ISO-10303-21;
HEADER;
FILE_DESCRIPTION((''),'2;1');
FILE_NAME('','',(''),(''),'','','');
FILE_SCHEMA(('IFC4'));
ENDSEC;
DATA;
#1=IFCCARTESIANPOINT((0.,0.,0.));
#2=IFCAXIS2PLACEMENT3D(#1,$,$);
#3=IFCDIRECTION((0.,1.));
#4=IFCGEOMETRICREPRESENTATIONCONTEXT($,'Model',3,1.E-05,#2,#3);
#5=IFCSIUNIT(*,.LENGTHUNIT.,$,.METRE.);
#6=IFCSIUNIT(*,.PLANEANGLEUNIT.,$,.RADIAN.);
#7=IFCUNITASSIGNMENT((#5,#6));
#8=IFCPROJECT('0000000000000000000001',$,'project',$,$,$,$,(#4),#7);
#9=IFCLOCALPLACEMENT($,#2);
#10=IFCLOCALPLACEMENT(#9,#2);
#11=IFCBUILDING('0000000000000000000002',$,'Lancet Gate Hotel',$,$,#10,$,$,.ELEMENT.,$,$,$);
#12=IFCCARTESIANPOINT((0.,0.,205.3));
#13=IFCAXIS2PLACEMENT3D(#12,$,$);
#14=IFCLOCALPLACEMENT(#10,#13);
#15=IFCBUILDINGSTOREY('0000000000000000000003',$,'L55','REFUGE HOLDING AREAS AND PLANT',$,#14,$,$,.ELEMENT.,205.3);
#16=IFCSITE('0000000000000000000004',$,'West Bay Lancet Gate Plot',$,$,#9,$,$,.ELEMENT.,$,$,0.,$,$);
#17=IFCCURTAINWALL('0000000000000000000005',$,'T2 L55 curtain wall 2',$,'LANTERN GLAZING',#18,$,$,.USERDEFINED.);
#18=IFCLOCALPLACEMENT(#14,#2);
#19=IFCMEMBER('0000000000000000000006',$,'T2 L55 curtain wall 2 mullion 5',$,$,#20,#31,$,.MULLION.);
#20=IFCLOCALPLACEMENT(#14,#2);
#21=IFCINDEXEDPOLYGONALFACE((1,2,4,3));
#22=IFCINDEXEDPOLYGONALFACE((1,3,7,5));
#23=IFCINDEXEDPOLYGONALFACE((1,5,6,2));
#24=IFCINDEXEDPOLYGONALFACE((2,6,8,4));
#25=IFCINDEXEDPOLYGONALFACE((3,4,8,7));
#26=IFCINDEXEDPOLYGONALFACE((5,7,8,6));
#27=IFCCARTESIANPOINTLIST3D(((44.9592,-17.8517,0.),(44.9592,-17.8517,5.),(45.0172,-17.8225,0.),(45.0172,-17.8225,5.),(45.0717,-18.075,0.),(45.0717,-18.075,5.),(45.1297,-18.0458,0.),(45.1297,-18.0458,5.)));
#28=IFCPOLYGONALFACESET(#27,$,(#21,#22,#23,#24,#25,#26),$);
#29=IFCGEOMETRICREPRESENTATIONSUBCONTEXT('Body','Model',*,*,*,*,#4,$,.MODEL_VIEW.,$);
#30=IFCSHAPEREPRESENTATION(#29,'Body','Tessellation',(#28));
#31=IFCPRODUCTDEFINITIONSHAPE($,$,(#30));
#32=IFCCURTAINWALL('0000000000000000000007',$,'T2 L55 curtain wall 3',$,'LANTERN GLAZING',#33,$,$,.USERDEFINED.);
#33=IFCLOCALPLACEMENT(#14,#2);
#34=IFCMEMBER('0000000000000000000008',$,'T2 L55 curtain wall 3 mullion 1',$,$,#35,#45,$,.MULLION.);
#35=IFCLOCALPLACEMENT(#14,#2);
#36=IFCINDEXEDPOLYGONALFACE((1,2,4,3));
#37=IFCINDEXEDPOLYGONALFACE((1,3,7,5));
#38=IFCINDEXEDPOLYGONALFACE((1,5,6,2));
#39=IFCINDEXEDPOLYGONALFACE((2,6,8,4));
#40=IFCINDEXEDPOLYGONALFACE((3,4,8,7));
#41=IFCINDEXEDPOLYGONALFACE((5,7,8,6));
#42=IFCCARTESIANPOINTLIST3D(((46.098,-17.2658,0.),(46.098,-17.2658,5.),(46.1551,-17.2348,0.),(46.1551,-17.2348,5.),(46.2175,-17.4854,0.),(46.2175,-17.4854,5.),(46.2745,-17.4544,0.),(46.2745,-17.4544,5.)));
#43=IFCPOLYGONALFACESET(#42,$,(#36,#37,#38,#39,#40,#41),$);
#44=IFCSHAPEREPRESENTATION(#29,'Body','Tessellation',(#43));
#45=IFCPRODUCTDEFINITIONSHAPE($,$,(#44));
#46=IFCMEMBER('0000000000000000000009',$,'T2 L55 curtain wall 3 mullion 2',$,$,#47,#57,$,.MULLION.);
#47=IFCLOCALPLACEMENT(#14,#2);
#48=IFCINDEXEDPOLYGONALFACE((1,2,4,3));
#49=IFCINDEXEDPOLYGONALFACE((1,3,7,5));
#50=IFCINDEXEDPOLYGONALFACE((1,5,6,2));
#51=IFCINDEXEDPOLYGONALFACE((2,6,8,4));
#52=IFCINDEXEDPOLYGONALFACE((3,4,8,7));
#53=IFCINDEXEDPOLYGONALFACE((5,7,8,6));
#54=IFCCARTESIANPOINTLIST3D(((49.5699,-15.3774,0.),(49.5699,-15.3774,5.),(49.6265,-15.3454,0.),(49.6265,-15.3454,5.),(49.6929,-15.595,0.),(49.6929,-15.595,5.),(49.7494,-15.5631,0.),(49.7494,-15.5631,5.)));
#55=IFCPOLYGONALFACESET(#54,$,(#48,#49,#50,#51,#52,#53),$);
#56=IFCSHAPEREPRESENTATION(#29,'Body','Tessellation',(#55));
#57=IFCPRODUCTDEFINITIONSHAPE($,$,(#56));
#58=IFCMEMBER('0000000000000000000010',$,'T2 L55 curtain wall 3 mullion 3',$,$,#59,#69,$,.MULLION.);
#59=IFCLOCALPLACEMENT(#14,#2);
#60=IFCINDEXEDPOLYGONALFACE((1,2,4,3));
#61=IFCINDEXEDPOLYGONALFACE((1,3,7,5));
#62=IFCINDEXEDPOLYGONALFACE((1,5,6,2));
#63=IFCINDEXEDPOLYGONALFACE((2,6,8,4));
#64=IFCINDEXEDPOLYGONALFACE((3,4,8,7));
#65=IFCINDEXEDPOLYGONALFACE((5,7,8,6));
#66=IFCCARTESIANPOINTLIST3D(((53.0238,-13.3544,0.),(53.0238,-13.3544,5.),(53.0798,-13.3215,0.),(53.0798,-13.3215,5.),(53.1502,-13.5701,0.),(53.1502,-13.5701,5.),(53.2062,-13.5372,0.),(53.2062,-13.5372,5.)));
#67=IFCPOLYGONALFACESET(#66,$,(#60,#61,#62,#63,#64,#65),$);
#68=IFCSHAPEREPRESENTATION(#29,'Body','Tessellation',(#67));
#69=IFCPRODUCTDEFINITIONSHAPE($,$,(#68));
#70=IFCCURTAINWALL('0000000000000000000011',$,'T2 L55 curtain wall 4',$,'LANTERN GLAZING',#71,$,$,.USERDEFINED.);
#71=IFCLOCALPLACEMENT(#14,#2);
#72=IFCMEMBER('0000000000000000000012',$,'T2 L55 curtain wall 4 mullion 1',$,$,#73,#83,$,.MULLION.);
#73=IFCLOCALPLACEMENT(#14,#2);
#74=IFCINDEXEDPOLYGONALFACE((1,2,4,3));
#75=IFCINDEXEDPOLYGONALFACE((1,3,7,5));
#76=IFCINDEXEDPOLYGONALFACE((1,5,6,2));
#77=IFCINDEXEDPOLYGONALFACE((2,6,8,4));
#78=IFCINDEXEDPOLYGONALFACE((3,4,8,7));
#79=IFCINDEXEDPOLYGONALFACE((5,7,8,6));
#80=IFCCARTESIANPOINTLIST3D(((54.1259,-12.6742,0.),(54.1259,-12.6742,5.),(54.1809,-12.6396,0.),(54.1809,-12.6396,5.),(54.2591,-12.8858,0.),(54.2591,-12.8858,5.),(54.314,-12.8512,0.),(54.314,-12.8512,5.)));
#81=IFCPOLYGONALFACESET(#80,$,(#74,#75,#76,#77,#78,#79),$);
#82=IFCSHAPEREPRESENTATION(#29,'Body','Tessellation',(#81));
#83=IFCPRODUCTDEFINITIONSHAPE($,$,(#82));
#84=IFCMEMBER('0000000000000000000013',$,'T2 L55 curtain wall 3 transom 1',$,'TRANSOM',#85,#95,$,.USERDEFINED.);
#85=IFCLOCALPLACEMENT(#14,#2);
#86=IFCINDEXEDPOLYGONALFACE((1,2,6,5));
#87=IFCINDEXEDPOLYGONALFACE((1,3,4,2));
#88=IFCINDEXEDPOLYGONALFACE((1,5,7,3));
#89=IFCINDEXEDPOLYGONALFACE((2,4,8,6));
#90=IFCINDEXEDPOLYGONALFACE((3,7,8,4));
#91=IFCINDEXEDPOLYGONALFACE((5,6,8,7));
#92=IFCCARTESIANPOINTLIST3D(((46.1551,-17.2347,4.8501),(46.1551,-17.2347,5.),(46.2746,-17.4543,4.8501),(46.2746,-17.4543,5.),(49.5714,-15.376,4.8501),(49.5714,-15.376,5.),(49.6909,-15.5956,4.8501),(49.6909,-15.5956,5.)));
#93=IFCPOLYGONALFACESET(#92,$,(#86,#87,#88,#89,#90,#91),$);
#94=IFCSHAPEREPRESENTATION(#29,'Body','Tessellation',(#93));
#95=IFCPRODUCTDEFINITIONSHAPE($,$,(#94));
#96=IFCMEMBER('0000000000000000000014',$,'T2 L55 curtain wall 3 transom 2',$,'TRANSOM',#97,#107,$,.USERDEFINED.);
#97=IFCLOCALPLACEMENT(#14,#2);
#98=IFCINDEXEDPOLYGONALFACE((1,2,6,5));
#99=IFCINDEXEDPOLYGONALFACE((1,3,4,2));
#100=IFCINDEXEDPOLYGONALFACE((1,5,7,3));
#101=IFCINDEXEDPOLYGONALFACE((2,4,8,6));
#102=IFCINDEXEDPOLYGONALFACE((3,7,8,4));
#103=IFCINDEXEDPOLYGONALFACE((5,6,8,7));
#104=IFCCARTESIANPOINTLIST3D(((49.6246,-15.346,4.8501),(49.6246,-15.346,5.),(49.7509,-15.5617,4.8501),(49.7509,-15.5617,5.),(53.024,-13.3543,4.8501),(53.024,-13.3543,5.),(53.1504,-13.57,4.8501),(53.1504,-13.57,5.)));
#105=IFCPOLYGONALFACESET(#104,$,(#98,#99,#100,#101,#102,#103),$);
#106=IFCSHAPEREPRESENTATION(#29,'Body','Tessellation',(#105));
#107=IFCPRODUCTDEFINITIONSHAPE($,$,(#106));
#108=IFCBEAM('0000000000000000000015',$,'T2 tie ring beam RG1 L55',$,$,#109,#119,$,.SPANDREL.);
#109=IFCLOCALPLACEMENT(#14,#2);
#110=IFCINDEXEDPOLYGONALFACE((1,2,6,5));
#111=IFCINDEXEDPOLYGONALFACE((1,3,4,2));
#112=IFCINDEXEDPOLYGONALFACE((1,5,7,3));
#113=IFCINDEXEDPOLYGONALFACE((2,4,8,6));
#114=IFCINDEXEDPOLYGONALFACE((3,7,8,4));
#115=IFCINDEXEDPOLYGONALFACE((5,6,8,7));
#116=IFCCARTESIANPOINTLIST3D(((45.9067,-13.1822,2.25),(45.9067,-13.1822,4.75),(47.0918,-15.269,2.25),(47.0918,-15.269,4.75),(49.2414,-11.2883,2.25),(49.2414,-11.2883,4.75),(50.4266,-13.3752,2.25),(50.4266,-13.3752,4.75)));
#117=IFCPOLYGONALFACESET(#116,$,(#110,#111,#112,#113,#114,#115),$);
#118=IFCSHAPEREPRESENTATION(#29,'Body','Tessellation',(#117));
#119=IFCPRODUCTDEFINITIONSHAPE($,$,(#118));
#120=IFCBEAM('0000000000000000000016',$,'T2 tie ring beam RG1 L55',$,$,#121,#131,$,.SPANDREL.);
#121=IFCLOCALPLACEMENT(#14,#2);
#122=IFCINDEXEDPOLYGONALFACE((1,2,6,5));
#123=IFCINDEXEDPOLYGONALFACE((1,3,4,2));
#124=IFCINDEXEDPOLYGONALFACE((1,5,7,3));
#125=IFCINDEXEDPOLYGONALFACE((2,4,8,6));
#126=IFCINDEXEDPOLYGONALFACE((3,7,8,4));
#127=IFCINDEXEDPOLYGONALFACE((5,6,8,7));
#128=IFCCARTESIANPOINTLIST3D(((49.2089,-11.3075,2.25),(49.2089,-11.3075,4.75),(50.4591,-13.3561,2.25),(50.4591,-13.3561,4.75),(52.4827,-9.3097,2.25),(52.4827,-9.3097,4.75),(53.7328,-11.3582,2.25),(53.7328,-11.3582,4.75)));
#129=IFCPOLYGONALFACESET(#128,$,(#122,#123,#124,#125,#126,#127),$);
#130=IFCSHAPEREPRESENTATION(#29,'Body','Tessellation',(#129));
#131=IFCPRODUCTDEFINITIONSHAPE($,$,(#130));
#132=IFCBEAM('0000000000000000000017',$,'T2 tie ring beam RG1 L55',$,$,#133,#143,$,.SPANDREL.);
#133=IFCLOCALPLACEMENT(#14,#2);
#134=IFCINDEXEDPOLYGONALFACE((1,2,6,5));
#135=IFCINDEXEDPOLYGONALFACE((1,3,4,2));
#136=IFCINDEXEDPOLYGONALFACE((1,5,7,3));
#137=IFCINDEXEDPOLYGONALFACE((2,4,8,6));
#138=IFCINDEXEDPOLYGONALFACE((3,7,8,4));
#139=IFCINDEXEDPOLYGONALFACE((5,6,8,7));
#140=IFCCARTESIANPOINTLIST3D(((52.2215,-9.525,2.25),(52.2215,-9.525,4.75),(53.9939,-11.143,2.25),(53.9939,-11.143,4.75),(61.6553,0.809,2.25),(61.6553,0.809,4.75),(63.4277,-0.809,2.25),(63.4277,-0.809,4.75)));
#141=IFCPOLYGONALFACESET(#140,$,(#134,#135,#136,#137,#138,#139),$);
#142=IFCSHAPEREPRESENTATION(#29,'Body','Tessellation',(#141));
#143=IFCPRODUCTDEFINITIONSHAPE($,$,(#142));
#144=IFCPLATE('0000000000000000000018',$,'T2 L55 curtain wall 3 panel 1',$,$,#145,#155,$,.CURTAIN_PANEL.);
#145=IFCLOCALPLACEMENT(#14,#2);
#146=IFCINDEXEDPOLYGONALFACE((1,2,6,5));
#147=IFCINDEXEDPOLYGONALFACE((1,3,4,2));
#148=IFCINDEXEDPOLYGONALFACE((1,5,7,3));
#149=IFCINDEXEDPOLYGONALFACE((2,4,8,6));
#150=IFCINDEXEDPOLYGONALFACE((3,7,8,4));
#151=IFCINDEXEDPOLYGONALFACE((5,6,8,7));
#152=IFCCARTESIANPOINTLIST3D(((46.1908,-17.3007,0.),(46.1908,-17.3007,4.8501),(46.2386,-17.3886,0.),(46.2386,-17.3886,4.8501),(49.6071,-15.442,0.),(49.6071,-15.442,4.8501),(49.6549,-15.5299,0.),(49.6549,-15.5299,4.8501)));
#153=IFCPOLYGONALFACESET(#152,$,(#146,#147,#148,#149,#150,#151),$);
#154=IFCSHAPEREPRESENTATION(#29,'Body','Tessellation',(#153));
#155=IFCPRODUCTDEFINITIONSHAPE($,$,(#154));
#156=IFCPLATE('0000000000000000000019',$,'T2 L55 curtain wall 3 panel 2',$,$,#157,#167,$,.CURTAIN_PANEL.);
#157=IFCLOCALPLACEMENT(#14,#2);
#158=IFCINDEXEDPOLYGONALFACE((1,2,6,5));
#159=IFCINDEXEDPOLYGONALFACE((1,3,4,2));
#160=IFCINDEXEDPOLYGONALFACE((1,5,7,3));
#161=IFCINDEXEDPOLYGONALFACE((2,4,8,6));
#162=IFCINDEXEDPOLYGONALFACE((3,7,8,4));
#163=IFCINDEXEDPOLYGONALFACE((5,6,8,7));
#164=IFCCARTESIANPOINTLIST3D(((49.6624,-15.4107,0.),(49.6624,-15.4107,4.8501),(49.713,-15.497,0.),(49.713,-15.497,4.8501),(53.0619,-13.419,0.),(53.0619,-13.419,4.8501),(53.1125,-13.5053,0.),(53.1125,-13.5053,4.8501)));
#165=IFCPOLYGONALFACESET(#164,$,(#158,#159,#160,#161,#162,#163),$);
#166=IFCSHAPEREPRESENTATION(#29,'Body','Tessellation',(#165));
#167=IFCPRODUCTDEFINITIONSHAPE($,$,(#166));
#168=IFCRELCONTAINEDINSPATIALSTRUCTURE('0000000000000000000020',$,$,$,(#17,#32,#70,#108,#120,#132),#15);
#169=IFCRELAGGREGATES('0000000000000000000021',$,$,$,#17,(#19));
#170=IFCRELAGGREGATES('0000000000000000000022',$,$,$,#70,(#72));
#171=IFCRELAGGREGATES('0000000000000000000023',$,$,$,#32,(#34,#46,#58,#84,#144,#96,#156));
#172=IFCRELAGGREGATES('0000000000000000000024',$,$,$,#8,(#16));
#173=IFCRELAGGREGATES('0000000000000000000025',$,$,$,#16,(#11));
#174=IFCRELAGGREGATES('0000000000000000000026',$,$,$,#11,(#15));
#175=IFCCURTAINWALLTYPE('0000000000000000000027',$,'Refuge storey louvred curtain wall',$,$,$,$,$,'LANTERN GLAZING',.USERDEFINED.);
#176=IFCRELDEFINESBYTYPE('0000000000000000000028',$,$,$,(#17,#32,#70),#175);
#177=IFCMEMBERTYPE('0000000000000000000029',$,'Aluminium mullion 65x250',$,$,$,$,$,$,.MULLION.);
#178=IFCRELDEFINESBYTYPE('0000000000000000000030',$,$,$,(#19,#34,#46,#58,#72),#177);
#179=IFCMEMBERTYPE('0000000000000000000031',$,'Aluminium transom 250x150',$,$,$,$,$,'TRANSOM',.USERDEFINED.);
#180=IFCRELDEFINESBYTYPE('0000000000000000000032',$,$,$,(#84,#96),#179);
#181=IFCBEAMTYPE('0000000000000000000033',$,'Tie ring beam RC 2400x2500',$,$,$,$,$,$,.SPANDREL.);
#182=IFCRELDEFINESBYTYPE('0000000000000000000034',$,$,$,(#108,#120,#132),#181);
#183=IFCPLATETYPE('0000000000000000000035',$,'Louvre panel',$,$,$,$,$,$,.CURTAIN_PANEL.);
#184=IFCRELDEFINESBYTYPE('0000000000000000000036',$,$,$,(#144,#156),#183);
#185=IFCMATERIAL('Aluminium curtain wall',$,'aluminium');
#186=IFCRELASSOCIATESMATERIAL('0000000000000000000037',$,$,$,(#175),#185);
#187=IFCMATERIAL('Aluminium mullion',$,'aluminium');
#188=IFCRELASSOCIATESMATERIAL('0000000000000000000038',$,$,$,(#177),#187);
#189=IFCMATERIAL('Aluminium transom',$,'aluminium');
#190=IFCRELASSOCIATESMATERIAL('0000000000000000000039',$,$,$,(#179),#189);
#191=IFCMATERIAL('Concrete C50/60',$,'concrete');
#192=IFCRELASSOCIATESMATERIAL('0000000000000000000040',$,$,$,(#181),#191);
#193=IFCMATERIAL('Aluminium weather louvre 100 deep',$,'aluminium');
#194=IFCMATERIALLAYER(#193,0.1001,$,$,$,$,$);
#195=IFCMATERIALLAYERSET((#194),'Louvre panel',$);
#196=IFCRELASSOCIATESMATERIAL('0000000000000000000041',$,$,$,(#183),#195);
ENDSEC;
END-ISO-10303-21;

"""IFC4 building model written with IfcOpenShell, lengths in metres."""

from ifc_helpers import new_model, si_unit, direction, frame, origin, origin_2d, place, context, subcontext, project, spatial, rectangle, extrude, material, layer, layer_set, material_profile, profile_set, type_object, element, aggregate, save


model = new_model("IFC4")

# Units and contexts
model_context = context("Model", 3, precision=1e-05, world=origin(), true_north=direction((0.0, 1.0)))
body_context = subcontext(model_context, "Body", "Model", "MODEL_VIEW")
ifc_project = project(units=[si_unit("LENGTHUNIT", "METRE"), si_unit("PLANEANGLEUNIT", "RADIAN")], contexts=[model_context])

# Site, building, storey
site_placement = place(None, origin())
site = spatial("IfcSite", under=ifc_project, at=site_placement, Name="West Bay Lancet Gate Plot", CompositionType="ELEMENT", RefElevation=0.0)
building_placement = place(site_placement, origin())
building = spatial("IfcBuilding", under=site, at=building_placement, Name="Lancet Gate Hotel", CompositionType="ELEMENT")
storey_placement = place(building_placement, frame((0.0, 0.0, 205.3)))
storey = spatial("IfcBuildingStorey", under=building, at=storey_placement, Name="L55", Description="REFUGE HOLDING AREAS AND PLANT", CompositionType="ELEMENT", Elevation=205.3)

# Curtain wall, member
ifc_material_1 = material(Name="Aluminium curtain wall", Category="aluminium")
curtain_wall_type = type_object("IfcCurtainWallType", Name="Refuge storey louvred curtain wall", ElementType="LANTERN GLAZING", PredefinedType="USERDEFINED", material=ifc_material_1)
curtain_wall_1_placement = place(storey_placement, origin())
curtain_wall_1 = element("IfcCurtainWall", 1, at=curtain_wall_1_placement, inside=storey, type_object=curtain_wall_type, Name="T2 L55 curtain wall 2", ObjectType="LANTERN GLAZING", PredefinedType="USERDEFINED")
ifc_material_2 = material(Name="Aluminium mullion", Category="aluminium")
ifc_material_profile_1 = material_profile(ifc_material_2, rectangle(XDim=0.0649, YDim=0.25, at=origin_2d()), Name="MULLION 65x250")
ifc_profile_set_1 = profile_set([ifc_material_profile_1], Name="Aluminium mullion")
member_type_1 = type_object("IfcMemberType", Name="Aluminium mullion 65x250", PredefinedType="MULLION", material=ifc_profile_set_1)
member_1_placement = place(storey_placement, frame((45.0444, -17.9487, 0.0), z_axis=(0.0, 0.0, 1.0), x_axis=(0.893121, 0.449816, 0.0)))
member_1 = element("IfcMember", 2, at=member_1_placement, type_object=member_type_1, Name="T2 L55 curtain wall 2 mullion 5", PredefinedType="MULLION", context=body_context, shape_type="SweptSolid", body=[
    extrude(rectangle(XDim=0.0649, YDim=0.25, at=origin_2d()), origin(), (0.0, 0.0, 1.0), 5.0),
])
aggregate(curtain_wall_1, [member_1])

# Curtain wall, members
curtain_wall_2_placement = place(storey_placement, origin())
curtain_wall_2 = element("IfcCurtainWall", 3, at=curtain_wall_2_placement, inside=storey, type_object=curtain_wall_type, Name="T2 L55 curtain wall 3", ObjectType="LANTERN GLAZING", PredefinedType="USERDEFINED")
member_2_placement = place(storey_placement, frame((46.1863, -17.3601, 0.0), z_axis=(0.0, 0.0, 1.0), x_axis=(0.87841, 0.477908, 0.0)))
member_2 = element("IfcMember", 4, at=member_2_placement, type_object=member_type_1, Name="T2 L55 curtain wall 3 mullion 1", PredefinedType="MULLION", context=body_context, shape_type="SweptSolid", body=[
    extrude(rectangle(XDim=0.0649, YDim=0.25, at=origin_2d()), origin(), (0.0, 0.0, 1.0), 5.0),
])
member_3_placement = place(storey_placement, frame((49.6597, -15.4702, 0.0), z_axis=(0.0, 0.0, 1.0), x_axis=(0.870672, 0.491863, 0.0)))
member_3 = element("IfcMember", 5, at=member_3_placement, type_object=member_type_1, Name="T2 L55 curtain wall 3 mullion 2", PredefinedType="MULLION", context=body_context, shape_type="SweptSolid", body=[
    extrude(rectangle(XDim=0.0649, YDim=0.25, at=origin_2d()), origin(), (0.0, 0.0, 1.0), 5.0),
])
member_4_placement = place(storey_placement, frame((53.115, -13.4458, 0.0), z_axis=(0.0, 0.0, 1.0), x_axis=(0.862815, 0.50552, 0.0)))
member_4 = element("IfcMember", 6, at=member_4_placement, type_object=member_type_1, Name="T2 L55 curtain wall 3 mullion 3", PredefinedType="MULLION", context=body_context, shape_type="SweptSolid", body=[
    extrude(rectangle(XDim=0.0649, YDim=0.25, at=origin_2d()), origin(), (0.0, 0.0, 1.0), 5.0),
])

# Curtain wall, member
curtain_wall_3_placement = place(storey_placement, origin())
curtain_wall_3 = element("IfcCurtainWall", 7, at=curtain_wall_3_placement, inside=storey, type_object=curtain_wall_type, Name="T2 L55 curtain wall 4", ObjectType="LANTERN GLAZING", PredefinedType="USERDEFINED")
member_5_placement = place(storey_placement, frame((54.22, -12.7627, 0.0), z_axis=(0.0, 0.0, 1.0), x_axis=(0.846352, 0.532623, 0.0)))
member_5 = element("IfcMember", 8, at=member_5_placement, type_object=member_type_1, Name="T2 L55 curtain wall 4 mullion 1", PredefinedType="MULLION", context=body_context, shape_type="SweptSolid", body=[
    extrude(rectangle(XDim=0.0649, YDim=0.25, at=origin_2d()), origin(), (0.0, 0.0, 1.0), 5.0),
])
aggregate(curtain_wall_3, [member_5])

# Members
ifc_material_3 = material(Name="Aluminium transom", Category="aluminium")
ifc_material_profile_2 = material_profile(ifc_material_3, rectangle(XDim=0.25, YDim=0.1499, at=origin_2d()), Name="TRANSOM 250x150")
ifc_profile_set_2 = profile_set([ifc_material_profile_2], Name="Aluminium transom")
member_type_2 = type_object("IfcMemberType", Name="Aluminium transom 250x150", ElementType="TRANSOM", PredefinedType="USERDEFINED", material=ifc_profile_set_2)
member_6_placement = place(storey_placement, frame((46.2148, -17.3445, 4.925), z_axis=(0.878411, 0.477906, 0.0), x_axis=(-0.477906, 0.878411, 0.0)))
member_6 = element("IfcMember", 9, at=member_6_placement, type_object=member_type_2, Name="T2 L55 curtain wall 3 transom 1", ObjectType="TRANSOM", PredefinedType="USERDEFINED", context=body_context, shape_type="SweptSolid", body=[
    extrude(rectangle(XDim=0.25, YDim=0.1499, at=origin_2d()), origin(), (0.0, 0.0, 1.0), 3.8892),
])
member_7_placement = place(storey_placement, frame((49.6877, -15.4539, 4.925), z_axis=(0.862815, 0.505519, 0.0), x_axis=(-0.505519, 0.862815, 0.0)))
member_7 = element("IfcMember", 10, at=member_7_placement, type_object=member_type_2, Name="T2 L55 curtain wall 3 transom 2", ObjectType="TRANSOM", PredefinedType="USERDEFINED", context=body_context, shape_type="SweptSolid", body=[
    extrude(rectangle(XDim=0.25, YDim=0.1499, at=origin_2d()), origin(), (0.0, 0.0, 1.0), 3.9399),
])

# Beams
ifc_material_4 = material(Name="Concrete C50/60", Category="concrete")
ifc_material_profile_3 = material_profile(ifc_material_4, rectangle(XDim=2.3999, YDim=2.5, at=origin_2d()), Name="RC 2400x2500")
ifc_profile_set_3 = profile_set([ifc_material_profile_3], Name="Concrete C50/60")
beam_type = type_object("IfcBeamType", Name="Tie ring beam RC 2400x2500", PredefinedType="SPANDREL", material=ifc_profile_set_3)
beam_1_placement = place(storey_placement, frame((46.4993, -14.2256, 3.5), z_axis=(0.86956, 0.493827, 0.0), x_axis=(-0.493827, 0.86956, 0.0)))
element("IfcBeam", 11, at=beam_1_placement, inside=storey, type_object=beam_type, Name="T2 tie ring beam RG1 L55", PredefinedType="SPANDREL", context=body_context, shape_type="SweptSolid", body=[
    extrude(rectangle(XDim=2.3999, YDim=2.5, at=origin_2d()), origin(), (0.0, 0.0, 1.0), 3.835),
])
beam_2_placement = place(storey_placement, frame((49.834, -12.3318, 3.5), z_axis=(0.853604, 0.520922, 0.0), x_axis=(-0.520922, 0.853604, 0.0)))
element("IfcBeam", 12, at=beam_2_placement, inside=storey, type_object=beam_type, Name="T2 tie ring beam RG1 L55", PredefinedType="SPANDREL", context=body_context, shape_type="SweptSolid", body=[
    extrude(rectangle(XDim=2.3999, YDim=2.5, at=origin_2d()), origin(), (0.0, 0.0, 1.0), 3.8352),
])
beam_3_placement = place(storey_placement, frame((53.1077, -10.334, 3.5), z_axis=(0.674209, 0.73854, 0.0), x_axis=(-0.73854, 0.674209, 0.0)))
element("IfcBeam", 13, at=beam_3_placement, inside=storey, type_object=beam_type, Name="T2 tie ring beam RG1 L55", PredefinedType="SPANDREL", context=body_context, shape_type="SweptSolid", body=[
    extrude(rectangle(XDim=2.3999, YDim=2.5, at=origin_2d()), origin(), (0.0, 0.0, 1.0), 13.9924),
])

# Plates
ifc_material_5 = material(Name="Aluminium weather louvre 100 deep", Category="aluminium")
ifc_layer_1 = layer(ifc_material_5, 0.1001)
ifc_layer_set_1 = layer_set([ifc_layer_1], Name="Louvre panel")
plate_type = type_object("IfcPlateType", Name="Louvre panel", PredefinedType="CURTAIN_PANEL", material=ifc_layer_set_1)
plate_1_placement = place(storey_placement, frame((47.9229, -16.4153, 0.0), z_axis=(0.0, 0.0, 1.0), x_axis=(0.87841, 0.477908, 0.0)))
plate_1 = element("IfcPlate", 14, at=plate_1_placement, type_object=plate_type, Name="T2 L55 curtain wall 3 panel 1", PredefinedType="CURTAIN_PANEL", context=body_context, shape_type="SweptSolid", body=[
    extrude(rectangle(XDim=3.8892, YDim=0.1001, at=origin_2d()), origin(), (0.0, 0.0, 1.0), 4.8501),
])
plate_2_placement = place(storey_placement, frame((51.3875, -14.458, 0.0), z_axis=(0.0, 0.0, 1.0), x_axis=(0.862815, 0.50552, 0.0)))
plate_2 = element("IfcPlate", 15, at=plate_2_placement, type_object=plate_type, Name="T2 L55 curtain wall 3 panel 2", PredefinedType="CURTAIN_PANEL", context=body_context, shape_type="SweptSolid", body=[
    extrude(rectangle(XDim=3.9399, YDim=0.1001, at=origin_2d()), origin(), (0.0, 0.0, 1.0), 4.8501),
])
aggregate(curtain_wall_2, [member_2, member_3, member_4, member_6, plate_1, member_7, plate_2])

save(model, "model.ifc")
